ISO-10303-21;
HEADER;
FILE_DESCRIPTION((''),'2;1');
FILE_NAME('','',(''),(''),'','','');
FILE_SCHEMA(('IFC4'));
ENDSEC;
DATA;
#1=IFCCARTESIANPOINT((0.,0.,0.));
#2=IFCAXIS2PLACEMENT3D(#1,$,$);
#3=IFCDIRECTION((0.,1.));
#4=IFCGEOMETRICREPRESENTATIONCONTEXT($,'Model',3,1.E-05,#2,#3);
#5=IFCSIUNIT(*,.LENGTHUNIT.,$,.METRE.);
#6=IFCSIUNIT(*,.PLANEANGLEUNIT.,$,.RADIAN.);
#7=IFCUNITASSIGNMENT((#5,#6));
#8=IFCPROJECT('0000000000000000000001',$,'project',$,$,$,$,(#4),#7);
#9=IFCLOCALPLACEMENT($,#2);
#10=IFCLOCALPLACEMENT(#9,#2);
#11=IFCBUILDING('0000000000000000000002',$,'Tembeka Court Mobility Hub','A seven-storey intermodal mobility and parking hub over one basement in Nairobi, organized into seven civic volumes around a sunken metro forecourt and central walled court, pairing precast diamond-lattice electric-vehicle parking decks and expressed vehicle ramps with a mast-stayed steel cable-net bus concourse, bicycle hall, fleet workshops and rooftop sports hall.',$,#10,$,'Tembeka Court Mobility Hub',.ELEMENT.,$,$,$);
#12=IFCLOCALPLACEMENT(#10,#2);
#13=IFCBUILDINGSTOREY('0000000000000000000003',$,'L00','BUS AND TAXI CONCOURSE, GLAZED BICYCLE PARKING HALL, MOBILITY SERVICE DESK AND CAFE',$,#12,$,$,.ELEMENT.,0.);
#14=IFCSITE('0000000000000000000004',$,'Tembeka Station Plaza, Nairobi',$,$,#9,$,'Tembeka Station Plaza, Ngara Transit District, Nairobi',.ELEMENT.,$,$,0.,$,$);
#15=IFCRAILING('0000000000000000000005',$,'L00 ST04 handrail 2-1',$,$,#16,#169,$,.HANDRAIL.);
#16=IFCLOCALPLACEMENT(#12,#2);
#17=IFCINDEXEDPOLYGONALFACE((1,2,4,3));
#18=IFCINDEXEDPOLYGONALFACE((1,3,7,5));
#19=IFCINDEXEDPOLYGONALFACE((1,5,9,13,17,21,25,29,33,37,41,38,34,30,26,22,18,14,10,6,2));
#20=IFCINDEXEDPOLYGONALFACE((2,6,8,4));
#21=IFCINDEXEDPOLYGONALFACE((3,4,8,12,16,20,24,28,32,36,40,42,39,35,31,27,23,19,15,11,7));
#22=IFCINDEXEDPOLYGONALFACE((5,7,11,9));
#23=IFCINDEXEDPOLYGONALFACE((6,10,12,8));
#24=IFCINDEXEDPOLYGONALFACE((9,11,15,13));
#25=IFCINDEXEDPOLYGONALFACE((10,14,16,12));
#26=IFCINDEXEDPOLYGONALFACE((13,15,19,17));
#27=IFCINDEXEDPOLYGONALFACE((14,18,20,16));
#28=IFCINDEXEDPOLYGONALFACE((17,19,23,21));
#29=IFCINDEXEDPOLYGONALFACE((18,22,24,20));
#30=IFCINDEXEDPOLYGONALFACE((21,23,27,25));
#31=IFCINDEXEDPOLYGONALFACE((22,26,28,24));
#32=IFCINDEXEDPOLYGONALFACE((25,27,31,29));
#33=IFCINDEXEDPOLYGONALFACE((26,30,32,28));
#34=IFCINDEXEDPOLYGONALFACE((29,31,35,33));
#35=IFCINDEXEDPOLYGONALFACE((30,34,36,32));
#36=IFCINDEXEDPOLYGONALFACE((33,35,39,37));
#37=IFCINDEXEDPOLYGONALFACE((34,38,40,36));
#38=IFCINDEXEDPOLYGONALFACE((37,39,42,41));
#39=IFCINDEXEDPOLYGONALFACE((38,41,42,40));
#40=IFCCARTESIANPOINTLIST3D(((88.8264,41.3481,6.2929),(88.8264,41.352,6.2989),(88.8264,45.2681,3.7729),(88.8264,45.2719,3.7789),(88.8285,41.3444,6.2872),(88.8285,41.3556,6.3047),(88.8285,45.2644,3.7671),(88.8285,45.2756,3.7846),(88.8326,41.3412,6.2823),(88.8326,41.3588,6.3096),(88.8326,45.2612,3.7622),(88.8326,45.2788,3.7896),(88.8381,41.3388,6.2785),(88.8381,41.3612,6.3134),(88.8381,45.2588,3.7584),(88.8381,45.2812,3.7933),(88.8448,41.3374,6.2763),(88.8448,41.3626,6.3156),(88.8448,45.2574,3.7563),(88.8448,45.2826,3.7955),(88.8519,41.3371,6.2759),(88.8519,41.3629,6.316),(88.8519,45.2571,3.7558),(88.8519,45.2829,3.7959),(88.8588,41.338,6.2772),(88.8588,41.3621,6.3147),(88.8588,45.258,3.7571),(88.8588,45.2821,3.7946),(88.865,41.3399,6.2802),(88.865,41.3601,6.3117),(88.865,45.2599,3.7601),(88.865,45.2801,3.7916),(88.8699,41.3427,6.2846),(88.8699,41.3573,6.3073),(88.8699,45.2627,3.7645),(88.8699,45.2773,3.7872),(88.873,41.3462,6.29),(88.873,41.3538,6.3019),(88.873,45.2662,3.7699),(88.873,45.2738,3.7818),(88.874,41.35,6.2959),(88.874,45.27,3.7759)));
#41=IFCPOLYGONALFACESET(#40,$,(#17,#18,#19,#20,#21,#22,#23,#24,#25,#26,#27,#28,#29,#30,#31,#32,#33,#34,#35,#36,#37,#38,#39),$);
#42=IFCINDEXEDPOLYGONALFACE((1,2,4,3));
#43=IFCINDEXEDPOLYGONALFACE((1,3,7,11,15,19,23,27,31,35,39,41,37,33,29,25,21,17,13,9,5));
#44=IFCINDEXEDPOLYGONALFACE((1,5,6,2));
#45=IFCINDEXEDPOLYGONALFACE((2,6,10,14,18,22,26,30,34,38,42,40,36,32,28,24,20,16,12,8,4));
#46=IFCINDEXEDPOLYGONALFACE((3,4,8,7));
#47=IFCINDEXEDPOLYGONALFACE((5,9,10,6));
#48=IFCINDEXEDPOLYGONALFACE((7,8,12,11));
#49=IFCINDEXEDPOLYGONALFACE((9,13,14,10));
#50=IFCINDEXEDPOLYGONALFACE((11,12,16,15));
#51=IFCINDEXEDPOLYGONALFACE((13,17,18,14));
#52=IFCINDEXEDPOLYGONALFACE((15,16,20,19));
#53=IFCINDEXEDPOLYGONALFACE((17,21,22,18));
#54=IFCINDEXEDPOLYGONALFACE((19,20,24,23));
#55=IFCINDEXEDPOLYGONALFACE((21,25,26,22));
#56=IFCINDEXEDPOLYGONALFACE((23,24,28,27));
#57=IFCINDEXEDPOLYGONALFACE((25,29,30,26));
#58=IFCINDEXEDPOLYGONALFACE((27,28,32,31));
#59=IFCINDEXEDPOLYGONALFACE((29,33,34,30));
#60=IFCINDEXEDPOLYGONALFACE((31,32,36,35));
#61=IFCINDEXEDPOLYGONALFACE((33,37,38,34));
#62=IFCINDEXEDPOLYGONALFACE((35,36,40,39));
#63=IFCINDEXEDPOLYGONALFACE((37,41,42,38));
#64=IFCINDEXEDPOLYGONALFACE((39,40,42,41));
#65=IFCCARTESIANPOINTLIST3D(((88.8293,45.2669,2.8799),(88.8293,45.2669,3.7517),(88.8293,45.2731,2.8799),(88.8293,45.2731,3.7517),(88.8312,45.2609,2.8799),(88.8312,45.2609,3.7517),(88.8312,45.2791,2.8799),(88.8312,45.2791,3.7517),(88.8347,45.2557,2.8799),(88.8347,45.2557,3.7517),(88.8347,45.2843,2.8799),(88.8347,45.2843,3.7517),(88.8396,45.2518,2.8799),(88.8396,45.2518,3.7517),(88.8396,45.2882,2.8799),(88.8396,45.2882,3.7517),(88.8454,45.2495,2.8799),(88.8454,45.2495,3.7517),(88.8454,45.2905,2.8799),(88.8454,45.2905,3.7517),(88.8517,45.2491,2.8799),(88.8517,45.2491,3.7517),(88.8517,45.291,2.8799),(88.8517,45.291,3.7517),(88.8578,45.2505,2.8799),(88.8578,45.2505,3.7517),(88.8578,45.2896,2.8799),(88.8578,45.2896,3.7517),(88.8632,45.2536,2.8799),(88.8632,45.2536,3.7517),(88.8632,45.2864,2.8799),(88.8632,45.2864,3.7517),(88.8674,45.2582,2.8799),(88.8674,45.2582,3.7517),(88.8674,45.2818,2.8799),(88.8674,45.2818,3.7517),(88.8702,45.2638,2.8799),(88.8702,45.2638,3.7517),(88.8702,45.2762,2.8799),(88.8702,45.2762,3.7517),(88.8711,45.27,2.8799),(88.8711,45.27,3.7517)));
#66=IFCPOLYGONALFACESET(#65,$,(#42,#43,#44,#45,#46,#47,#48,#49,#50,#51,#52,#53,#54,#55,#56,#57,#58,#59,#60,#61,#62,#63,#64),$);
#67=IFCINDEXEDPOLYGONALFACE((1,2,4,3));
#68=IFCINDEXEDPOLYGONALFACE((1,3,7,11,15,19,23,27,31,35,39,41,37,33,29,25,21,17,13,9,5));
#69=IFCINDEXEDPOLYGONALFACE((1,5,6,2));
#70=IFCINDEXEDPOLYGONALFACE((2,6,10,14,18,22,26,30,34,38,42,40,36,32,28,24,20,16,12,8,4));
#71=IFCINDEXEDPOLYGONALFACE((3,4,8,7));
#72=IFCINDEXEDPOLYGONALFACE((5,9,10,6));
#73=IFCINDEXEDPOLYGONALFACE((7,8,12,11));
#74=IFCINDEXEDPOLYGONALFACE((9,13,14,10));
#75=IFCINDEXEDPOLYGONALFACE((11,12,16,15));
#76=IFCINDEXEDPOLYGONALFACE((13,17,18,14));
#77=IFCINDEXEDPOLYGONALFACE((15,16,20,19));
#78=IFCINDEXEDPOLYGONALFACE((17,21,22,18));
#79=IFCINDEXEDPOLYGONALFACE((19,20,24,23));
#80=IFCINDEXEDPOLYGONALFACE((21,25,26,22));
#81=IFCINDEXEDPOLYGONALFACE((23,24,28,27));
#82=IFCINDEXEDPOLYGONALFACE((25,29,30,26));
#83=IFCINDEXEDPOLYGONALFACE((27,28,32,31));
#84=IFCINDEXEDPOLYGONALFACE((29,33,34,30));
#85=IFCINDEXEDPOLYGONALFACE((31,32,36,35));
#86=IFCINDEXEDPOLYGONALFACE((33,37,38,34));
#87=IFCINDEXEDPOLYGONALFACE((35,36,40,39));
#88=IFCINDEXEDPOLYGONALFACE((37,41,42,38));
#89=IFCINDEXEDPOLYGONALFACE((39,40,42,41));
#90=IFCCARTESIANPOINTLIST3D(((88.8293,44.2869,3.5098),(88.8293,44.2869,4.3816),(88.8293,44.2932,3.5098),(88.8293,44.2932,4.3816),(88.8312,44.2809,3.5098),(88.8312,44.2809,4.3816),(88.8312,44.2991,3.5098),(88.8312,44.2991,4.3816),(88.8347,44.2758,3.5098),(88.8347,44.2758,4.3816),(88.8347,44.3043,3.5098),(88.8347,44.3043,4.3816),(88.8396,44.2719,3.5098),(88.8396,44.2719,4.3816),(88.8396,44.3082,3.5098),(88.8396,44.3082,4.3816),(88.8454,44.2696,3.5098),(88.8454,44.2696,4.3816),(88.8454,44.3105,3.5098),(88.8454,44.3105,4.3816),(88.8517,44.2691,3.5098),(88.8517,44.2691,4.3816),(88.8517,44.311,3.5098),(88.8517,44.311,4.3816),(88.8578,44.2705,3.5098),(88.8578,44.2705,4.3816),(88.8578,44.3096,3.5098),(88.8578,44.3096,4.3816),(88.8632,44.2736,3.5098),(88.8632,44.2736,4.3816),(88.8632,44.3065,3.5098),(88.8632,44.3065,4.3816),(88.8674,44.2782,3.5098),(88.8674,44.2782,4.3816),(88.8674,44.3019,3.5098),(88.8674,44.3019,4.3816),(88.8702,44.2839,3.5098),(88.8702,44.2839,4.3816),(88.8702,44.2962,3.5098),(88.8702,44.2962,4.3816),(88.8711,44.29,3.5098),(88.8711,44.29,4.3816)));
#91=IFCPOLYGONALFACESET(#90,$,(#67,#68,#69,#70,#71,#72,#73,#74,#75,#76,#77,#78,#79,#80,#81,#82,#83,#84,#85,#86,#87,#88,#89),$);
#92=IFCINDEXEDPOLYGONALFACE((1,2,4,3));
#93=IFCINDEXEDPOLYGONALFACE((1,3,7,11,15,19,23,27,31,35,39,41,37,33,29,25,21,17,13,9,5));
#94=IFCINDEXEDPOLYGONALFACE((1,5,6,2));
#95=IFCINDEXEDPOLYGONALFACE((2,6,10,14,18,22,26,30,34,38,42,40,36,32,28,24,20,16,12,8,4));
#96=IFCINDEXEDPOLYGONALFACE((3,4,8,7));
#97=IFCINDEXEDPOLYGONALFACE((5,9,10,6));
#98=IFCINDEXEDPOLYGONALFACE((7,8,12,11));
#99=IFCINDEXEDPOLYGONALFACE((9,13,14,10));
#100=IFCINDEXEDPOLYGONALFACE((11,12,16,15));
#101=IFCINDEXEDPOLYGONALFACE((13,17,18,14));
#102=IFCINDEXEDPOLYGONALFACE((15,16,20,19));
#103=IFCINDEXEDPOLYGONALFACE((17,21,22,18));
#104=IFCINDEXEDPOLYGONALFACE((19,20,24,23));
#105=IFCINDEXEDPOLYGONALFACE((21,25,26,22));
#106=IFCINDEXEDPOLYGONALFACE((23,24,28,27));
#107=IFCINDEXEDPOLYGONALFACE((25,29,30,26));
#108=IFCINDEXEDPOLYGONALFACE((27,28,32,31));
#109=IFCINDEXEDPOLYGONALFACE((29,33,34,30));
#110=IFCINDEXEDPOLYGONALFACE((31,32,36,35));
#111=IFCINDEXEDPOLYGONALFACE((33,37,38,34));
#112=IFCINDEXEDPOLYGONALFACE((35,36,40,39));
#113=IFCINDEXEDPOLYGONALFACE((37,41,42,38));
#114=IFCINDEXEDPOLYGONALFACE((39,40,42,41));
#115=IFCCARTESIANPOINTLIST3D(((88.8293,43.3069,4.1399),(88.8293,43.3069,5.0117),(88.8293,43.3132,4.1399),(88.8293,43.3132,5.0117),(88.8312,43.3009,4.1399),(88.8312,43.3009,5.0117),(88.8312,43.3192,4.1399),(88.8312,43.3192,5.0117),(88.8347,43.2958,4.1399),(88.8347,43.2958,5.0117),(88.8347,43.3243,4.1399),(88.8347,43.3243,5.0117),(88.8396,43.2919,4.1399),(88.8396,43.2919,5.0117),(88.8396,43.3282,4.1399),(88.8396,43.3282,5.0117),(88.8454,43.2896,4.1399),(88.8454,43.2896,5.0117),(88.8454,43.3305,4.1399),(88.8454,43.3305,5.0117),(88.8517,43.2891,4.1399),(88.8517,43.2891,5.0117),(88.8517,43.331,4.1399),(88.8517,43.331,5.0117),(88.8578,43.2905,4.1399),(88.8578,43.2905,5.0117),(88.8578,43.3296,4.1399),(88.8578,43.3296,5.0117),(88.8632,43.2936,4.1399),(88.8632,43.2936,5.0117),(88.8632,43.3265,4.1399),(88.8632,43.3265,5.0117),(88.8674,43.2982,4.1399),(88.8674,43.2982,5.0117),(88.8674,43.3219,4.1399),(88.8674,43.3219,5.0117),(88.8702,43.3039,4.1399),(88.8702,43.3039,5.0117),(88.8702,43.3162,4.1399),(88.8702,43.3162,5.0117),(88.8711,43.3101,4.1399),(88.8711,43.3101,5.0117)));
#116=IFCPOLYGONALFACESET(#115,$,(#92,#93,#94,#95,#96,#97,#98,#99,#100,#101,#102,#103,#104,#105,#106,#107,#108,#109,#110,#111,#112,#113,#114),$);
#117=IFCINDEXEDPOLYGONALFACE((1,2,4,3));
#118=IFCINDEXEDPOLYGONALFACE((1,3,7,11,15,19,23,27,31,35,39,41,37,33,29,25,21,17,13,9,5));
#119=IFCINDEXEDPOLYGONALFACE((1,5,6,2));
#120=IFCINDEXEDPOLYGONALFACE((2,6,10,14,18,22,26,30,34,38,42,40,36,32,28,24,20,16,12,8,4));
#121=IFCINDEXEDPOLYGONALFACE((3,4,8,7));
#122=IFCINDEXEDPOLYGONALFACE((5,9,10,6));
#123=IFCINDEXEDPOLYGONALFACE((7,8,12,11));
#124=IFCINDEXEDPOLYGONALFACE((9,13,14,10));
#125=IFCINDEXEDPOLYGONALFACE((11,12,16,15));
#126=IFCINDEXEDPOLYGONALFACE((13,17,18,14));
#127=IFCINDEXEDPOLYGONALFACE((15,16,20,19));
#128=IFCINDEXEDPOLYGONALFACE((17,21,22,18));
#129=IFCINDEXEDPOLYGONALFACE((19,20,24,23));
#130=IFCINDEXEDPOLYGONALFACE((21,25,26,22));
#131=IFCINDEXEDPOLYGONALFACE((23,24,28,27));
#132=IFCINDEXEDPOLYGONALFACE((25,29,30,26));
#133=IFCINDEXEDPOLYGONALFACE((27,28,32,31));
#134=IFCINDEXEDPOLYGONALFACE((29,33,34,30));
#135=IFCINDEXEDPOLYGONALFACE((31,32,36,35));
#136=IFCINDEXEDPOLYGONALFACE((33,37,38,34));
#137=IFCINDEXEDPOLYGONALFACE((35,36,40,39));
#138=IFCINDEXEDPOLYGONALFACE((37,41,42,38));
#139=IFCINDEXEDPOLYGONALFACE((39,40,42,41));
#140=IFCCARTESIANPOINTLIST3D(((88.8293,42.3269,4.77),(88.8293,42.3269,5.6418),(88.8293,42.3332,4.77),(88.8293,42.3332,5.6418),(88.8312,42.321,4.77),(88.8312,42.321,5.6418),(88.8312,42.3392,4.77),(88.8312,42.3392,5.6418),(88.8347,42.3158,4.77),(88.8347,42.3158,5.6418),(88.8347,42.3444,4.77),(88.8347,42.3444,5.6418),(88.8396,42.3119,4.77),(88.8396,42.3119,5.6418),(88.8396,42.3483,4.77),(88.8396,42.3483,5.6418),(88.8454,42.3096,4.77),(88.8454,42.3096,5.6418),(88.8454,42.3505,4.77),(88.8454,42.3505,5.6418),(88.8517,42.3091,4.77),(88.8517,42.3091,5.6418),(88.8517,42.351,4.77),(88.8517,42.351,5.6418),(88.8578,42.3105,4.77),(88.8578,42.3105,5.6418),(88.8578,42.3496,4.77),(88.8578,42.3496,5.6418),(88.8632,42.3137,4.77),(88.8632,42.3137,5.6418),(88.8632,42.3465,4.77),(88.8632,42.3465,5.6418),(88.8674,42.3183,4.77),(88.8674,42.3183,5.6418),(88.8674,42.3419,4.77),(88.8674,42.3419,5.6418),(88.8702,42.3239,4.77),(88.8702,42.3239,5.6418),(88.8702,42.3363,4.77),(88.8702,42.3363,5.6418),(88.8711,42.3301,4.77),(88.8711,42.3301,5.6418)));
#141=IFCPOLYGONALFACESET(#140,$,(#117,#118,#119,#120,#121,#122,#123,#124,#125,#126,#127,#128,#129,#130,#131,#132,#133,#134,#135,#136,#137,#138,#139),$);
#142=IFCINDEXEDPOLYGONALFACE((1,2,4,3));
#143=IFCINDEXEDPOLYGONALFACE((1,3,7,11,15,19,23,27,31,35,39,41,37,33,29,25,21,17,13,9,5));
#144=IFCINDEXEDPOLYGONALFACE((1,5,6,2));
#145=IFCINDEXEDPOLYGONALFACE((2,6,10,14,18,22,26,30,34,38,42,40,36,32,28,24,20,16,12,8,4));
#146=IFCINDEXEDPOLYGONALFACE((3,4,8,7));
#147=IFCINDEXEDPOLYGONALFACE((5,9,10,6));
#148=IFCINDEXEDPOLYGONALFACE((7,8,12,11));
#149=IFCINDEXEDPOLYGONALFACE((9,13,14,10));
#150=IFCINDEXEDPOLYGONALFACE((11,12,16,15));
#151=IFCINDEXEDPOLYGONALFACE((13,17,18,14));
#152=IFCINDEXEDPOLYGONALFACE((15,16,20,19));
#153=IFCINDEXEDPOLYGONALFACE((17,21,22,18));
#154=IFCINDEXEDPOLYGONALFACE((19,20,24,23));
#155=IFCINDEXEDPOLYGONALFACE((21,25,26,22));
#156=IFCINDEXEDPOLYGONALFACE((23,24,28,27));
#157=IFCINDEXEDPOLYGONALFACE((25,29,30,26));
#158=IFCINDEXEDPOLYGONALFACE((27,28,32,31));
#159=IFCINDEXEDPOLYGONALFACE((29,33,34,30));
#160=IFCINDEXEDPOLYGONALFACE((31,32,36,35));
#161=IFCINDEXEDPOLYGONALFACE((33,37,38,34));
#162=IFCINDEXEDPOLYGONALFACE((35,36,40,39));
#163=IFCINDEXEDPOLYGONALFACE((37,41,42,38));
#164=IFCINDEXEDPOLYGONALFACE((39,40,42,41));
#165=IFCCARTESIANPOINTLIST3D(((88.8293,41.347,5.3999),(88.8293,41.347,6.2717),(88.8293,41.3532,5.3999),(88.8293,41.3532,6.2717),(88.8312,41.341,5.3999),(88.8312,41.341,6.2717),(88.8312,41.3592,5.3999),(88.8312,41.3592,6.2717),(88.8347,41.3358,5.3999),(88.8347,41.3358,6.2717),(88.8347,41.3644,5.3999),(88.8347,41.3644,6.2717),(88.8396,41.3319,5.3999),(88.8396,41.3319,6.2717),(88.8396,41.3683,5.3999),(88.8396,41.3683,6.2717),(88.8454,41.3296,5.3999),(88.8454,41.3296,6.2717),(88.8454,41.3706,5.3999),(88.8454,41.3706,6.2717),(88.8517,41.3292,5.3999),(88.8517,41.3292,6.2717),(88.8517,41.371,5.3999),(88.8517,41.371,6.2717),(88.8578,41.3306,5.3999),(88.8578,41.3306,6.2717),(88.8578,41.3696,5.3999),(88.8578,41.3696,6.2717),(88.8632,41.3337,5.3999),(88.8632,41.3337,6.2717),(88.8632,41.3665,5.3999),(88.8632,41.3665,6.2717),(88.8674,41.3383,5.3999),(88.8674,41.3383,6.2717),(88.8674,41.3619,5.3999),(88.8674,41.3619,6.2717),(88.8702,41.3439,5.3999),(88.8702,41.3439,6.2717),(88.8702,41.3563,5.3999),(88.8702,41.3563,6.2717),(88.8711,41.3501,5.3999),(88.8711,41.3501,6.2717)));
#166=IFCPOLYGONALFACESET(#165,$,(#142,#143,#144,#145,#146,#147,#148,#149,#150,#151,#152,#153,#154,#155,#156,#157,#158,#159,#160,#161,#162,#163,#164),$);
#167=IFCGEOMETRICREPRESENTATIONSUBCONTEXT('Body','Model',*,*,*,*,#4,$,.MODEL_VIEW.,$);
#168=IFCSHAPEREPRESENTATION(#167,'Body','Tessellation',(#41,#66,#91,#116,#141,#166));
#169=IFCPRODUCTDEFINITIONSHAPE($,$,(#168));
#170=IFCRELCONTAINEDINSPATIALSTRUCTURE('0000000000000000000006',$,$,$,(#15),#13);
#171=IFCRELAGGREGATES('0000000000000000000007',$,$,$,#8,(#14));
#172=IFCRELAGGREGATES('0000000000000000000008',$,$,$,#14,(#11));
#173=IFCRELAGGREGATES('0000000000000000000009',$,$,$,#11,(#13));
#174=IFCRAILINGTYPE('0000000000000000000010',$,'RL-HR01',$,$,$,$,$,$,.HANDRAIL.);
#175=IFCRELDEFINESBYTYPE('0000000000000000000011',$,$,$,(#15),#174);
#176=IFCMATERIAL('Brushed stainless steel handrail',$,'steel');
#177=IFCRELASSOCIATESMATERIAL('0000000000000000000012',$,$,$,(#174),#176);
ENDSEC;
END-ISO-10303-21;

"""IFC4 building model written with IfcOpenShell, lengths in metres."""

from ifc_helpers import new_model, si_unit, direction, frame, origin, origin_2d, place, context, subcontext, project, spatial, circle, extrude, material, type_object, element, save


model = new_model("IFC4")

# Units and contexts
model_context = context("Model", 3, precision=1e-05, world=origin(), true_north=direction((0.0, 1.0)))
body_context = subcontext(model_context, "Body", "Model", "MODEL_VIEW")
ifc_project = project(units=[si_unit("LENGTHUNIT", "METRE"), si_unit("PLANEANGLEUNIT", "RADIAN")], contexts=[model_context])

# Site, building, storey
site_placement = place(None, origin())
site = spatial("IfcSite", under=ifc_project, at=site_placement, Name="Tembeka Station Plaza, Nairobi", LongName="Tembeka Station Plaza, Ngara Transit District, Nairobi", CompositionType="ELEMENT", RefElevation=0.0)
building_placement = place(site_placement, origin())
building = spatial("IfcBuilding", under=site, at=building_placement, Name="Tembeka Court Mobility Hub", Description="A seven-storey intermodal mobility and parking hub over one basement in Nairobi, organized into seven civic volumes around a sunken metro forecourt and central walled court, pairing precast diamond-lattice electric-vehicle parking decks and expressed vehicle ramps with a mast-stayed steel cable-net bus concourse, bicycle hall, fleet workshops and rooftop sports hall.", LongName="Tembeka Court Mobility Hub", CompositionType="ELEMENT")
storey_placement = place(building_placement, origin())
storey = spatial("IfcBuildingStorey", under=building, at=storey_placement, Name="L00", Description="BUS AND TAXI CONCOURSE, GLAZED BICYCLE PARKING HALL, MOBILITY SERVICE DESK AND CAFE", CompositionType="ELEMENT", Elevation=0.0)

# Railing
ifc_material_1 = material(Name="Brushed stainless steel handrail", Category="steel")
railing_type_1 = type_object("IfcRailingType", Name="RL-HR01", PredefinedType="HANDRAIL", material=ifc_material_1)
railing_1_placement = place(storey_placement, frame((88.8501, 45.27, 2.8799)))
element("IfcRailing", 1, at=railing_1_placement, inside=storey, type_object=railing_type_1, Name="L00 ST04 handrail 2-1", PredefinedType="HANDRAIL", context=body_context, shape_type="SweptSolid", body=[
    extrude(circle(Radius=0.0239, at=origin_2d()), frame((0.0, 0.0, 0.896), z_axis=(0.0, -0.841172, 0.540768), x_axis=(1.0, 0.0, 0.0)), (0.0, 0.0, 1.0), 4.6602),
    extrude(circle(Radius=0.021, at=origin_2d()), origin(), (0.0, 0.0, 1.0), 0.8718),
    extrude(circle(Radius=0.021, at=origin_2d()), frame((0.0, -0.98, 0.6299)), (0.0, 0.0, 1.0), 0.8718),
    extrude(circle(Radius=0.021, at=origin_2d()), frame((0.0, -1.96, 1.26)), (0.0, 0.0, 1.0), 0.8718),
    extrude(circle(Radius=0.021, at=origin_2d()), frame((0.0, -2.9399, 1.8901)), (0.0, 0.0, 1.0), 0.8718),
    extrude(circle(Radius=0.021, at=origin_2d()), frame((0.0, -3.9199, 2.52)), (0.0, 0.0, 1.0), 0.8718),
])

save(model, "model.ifc")
